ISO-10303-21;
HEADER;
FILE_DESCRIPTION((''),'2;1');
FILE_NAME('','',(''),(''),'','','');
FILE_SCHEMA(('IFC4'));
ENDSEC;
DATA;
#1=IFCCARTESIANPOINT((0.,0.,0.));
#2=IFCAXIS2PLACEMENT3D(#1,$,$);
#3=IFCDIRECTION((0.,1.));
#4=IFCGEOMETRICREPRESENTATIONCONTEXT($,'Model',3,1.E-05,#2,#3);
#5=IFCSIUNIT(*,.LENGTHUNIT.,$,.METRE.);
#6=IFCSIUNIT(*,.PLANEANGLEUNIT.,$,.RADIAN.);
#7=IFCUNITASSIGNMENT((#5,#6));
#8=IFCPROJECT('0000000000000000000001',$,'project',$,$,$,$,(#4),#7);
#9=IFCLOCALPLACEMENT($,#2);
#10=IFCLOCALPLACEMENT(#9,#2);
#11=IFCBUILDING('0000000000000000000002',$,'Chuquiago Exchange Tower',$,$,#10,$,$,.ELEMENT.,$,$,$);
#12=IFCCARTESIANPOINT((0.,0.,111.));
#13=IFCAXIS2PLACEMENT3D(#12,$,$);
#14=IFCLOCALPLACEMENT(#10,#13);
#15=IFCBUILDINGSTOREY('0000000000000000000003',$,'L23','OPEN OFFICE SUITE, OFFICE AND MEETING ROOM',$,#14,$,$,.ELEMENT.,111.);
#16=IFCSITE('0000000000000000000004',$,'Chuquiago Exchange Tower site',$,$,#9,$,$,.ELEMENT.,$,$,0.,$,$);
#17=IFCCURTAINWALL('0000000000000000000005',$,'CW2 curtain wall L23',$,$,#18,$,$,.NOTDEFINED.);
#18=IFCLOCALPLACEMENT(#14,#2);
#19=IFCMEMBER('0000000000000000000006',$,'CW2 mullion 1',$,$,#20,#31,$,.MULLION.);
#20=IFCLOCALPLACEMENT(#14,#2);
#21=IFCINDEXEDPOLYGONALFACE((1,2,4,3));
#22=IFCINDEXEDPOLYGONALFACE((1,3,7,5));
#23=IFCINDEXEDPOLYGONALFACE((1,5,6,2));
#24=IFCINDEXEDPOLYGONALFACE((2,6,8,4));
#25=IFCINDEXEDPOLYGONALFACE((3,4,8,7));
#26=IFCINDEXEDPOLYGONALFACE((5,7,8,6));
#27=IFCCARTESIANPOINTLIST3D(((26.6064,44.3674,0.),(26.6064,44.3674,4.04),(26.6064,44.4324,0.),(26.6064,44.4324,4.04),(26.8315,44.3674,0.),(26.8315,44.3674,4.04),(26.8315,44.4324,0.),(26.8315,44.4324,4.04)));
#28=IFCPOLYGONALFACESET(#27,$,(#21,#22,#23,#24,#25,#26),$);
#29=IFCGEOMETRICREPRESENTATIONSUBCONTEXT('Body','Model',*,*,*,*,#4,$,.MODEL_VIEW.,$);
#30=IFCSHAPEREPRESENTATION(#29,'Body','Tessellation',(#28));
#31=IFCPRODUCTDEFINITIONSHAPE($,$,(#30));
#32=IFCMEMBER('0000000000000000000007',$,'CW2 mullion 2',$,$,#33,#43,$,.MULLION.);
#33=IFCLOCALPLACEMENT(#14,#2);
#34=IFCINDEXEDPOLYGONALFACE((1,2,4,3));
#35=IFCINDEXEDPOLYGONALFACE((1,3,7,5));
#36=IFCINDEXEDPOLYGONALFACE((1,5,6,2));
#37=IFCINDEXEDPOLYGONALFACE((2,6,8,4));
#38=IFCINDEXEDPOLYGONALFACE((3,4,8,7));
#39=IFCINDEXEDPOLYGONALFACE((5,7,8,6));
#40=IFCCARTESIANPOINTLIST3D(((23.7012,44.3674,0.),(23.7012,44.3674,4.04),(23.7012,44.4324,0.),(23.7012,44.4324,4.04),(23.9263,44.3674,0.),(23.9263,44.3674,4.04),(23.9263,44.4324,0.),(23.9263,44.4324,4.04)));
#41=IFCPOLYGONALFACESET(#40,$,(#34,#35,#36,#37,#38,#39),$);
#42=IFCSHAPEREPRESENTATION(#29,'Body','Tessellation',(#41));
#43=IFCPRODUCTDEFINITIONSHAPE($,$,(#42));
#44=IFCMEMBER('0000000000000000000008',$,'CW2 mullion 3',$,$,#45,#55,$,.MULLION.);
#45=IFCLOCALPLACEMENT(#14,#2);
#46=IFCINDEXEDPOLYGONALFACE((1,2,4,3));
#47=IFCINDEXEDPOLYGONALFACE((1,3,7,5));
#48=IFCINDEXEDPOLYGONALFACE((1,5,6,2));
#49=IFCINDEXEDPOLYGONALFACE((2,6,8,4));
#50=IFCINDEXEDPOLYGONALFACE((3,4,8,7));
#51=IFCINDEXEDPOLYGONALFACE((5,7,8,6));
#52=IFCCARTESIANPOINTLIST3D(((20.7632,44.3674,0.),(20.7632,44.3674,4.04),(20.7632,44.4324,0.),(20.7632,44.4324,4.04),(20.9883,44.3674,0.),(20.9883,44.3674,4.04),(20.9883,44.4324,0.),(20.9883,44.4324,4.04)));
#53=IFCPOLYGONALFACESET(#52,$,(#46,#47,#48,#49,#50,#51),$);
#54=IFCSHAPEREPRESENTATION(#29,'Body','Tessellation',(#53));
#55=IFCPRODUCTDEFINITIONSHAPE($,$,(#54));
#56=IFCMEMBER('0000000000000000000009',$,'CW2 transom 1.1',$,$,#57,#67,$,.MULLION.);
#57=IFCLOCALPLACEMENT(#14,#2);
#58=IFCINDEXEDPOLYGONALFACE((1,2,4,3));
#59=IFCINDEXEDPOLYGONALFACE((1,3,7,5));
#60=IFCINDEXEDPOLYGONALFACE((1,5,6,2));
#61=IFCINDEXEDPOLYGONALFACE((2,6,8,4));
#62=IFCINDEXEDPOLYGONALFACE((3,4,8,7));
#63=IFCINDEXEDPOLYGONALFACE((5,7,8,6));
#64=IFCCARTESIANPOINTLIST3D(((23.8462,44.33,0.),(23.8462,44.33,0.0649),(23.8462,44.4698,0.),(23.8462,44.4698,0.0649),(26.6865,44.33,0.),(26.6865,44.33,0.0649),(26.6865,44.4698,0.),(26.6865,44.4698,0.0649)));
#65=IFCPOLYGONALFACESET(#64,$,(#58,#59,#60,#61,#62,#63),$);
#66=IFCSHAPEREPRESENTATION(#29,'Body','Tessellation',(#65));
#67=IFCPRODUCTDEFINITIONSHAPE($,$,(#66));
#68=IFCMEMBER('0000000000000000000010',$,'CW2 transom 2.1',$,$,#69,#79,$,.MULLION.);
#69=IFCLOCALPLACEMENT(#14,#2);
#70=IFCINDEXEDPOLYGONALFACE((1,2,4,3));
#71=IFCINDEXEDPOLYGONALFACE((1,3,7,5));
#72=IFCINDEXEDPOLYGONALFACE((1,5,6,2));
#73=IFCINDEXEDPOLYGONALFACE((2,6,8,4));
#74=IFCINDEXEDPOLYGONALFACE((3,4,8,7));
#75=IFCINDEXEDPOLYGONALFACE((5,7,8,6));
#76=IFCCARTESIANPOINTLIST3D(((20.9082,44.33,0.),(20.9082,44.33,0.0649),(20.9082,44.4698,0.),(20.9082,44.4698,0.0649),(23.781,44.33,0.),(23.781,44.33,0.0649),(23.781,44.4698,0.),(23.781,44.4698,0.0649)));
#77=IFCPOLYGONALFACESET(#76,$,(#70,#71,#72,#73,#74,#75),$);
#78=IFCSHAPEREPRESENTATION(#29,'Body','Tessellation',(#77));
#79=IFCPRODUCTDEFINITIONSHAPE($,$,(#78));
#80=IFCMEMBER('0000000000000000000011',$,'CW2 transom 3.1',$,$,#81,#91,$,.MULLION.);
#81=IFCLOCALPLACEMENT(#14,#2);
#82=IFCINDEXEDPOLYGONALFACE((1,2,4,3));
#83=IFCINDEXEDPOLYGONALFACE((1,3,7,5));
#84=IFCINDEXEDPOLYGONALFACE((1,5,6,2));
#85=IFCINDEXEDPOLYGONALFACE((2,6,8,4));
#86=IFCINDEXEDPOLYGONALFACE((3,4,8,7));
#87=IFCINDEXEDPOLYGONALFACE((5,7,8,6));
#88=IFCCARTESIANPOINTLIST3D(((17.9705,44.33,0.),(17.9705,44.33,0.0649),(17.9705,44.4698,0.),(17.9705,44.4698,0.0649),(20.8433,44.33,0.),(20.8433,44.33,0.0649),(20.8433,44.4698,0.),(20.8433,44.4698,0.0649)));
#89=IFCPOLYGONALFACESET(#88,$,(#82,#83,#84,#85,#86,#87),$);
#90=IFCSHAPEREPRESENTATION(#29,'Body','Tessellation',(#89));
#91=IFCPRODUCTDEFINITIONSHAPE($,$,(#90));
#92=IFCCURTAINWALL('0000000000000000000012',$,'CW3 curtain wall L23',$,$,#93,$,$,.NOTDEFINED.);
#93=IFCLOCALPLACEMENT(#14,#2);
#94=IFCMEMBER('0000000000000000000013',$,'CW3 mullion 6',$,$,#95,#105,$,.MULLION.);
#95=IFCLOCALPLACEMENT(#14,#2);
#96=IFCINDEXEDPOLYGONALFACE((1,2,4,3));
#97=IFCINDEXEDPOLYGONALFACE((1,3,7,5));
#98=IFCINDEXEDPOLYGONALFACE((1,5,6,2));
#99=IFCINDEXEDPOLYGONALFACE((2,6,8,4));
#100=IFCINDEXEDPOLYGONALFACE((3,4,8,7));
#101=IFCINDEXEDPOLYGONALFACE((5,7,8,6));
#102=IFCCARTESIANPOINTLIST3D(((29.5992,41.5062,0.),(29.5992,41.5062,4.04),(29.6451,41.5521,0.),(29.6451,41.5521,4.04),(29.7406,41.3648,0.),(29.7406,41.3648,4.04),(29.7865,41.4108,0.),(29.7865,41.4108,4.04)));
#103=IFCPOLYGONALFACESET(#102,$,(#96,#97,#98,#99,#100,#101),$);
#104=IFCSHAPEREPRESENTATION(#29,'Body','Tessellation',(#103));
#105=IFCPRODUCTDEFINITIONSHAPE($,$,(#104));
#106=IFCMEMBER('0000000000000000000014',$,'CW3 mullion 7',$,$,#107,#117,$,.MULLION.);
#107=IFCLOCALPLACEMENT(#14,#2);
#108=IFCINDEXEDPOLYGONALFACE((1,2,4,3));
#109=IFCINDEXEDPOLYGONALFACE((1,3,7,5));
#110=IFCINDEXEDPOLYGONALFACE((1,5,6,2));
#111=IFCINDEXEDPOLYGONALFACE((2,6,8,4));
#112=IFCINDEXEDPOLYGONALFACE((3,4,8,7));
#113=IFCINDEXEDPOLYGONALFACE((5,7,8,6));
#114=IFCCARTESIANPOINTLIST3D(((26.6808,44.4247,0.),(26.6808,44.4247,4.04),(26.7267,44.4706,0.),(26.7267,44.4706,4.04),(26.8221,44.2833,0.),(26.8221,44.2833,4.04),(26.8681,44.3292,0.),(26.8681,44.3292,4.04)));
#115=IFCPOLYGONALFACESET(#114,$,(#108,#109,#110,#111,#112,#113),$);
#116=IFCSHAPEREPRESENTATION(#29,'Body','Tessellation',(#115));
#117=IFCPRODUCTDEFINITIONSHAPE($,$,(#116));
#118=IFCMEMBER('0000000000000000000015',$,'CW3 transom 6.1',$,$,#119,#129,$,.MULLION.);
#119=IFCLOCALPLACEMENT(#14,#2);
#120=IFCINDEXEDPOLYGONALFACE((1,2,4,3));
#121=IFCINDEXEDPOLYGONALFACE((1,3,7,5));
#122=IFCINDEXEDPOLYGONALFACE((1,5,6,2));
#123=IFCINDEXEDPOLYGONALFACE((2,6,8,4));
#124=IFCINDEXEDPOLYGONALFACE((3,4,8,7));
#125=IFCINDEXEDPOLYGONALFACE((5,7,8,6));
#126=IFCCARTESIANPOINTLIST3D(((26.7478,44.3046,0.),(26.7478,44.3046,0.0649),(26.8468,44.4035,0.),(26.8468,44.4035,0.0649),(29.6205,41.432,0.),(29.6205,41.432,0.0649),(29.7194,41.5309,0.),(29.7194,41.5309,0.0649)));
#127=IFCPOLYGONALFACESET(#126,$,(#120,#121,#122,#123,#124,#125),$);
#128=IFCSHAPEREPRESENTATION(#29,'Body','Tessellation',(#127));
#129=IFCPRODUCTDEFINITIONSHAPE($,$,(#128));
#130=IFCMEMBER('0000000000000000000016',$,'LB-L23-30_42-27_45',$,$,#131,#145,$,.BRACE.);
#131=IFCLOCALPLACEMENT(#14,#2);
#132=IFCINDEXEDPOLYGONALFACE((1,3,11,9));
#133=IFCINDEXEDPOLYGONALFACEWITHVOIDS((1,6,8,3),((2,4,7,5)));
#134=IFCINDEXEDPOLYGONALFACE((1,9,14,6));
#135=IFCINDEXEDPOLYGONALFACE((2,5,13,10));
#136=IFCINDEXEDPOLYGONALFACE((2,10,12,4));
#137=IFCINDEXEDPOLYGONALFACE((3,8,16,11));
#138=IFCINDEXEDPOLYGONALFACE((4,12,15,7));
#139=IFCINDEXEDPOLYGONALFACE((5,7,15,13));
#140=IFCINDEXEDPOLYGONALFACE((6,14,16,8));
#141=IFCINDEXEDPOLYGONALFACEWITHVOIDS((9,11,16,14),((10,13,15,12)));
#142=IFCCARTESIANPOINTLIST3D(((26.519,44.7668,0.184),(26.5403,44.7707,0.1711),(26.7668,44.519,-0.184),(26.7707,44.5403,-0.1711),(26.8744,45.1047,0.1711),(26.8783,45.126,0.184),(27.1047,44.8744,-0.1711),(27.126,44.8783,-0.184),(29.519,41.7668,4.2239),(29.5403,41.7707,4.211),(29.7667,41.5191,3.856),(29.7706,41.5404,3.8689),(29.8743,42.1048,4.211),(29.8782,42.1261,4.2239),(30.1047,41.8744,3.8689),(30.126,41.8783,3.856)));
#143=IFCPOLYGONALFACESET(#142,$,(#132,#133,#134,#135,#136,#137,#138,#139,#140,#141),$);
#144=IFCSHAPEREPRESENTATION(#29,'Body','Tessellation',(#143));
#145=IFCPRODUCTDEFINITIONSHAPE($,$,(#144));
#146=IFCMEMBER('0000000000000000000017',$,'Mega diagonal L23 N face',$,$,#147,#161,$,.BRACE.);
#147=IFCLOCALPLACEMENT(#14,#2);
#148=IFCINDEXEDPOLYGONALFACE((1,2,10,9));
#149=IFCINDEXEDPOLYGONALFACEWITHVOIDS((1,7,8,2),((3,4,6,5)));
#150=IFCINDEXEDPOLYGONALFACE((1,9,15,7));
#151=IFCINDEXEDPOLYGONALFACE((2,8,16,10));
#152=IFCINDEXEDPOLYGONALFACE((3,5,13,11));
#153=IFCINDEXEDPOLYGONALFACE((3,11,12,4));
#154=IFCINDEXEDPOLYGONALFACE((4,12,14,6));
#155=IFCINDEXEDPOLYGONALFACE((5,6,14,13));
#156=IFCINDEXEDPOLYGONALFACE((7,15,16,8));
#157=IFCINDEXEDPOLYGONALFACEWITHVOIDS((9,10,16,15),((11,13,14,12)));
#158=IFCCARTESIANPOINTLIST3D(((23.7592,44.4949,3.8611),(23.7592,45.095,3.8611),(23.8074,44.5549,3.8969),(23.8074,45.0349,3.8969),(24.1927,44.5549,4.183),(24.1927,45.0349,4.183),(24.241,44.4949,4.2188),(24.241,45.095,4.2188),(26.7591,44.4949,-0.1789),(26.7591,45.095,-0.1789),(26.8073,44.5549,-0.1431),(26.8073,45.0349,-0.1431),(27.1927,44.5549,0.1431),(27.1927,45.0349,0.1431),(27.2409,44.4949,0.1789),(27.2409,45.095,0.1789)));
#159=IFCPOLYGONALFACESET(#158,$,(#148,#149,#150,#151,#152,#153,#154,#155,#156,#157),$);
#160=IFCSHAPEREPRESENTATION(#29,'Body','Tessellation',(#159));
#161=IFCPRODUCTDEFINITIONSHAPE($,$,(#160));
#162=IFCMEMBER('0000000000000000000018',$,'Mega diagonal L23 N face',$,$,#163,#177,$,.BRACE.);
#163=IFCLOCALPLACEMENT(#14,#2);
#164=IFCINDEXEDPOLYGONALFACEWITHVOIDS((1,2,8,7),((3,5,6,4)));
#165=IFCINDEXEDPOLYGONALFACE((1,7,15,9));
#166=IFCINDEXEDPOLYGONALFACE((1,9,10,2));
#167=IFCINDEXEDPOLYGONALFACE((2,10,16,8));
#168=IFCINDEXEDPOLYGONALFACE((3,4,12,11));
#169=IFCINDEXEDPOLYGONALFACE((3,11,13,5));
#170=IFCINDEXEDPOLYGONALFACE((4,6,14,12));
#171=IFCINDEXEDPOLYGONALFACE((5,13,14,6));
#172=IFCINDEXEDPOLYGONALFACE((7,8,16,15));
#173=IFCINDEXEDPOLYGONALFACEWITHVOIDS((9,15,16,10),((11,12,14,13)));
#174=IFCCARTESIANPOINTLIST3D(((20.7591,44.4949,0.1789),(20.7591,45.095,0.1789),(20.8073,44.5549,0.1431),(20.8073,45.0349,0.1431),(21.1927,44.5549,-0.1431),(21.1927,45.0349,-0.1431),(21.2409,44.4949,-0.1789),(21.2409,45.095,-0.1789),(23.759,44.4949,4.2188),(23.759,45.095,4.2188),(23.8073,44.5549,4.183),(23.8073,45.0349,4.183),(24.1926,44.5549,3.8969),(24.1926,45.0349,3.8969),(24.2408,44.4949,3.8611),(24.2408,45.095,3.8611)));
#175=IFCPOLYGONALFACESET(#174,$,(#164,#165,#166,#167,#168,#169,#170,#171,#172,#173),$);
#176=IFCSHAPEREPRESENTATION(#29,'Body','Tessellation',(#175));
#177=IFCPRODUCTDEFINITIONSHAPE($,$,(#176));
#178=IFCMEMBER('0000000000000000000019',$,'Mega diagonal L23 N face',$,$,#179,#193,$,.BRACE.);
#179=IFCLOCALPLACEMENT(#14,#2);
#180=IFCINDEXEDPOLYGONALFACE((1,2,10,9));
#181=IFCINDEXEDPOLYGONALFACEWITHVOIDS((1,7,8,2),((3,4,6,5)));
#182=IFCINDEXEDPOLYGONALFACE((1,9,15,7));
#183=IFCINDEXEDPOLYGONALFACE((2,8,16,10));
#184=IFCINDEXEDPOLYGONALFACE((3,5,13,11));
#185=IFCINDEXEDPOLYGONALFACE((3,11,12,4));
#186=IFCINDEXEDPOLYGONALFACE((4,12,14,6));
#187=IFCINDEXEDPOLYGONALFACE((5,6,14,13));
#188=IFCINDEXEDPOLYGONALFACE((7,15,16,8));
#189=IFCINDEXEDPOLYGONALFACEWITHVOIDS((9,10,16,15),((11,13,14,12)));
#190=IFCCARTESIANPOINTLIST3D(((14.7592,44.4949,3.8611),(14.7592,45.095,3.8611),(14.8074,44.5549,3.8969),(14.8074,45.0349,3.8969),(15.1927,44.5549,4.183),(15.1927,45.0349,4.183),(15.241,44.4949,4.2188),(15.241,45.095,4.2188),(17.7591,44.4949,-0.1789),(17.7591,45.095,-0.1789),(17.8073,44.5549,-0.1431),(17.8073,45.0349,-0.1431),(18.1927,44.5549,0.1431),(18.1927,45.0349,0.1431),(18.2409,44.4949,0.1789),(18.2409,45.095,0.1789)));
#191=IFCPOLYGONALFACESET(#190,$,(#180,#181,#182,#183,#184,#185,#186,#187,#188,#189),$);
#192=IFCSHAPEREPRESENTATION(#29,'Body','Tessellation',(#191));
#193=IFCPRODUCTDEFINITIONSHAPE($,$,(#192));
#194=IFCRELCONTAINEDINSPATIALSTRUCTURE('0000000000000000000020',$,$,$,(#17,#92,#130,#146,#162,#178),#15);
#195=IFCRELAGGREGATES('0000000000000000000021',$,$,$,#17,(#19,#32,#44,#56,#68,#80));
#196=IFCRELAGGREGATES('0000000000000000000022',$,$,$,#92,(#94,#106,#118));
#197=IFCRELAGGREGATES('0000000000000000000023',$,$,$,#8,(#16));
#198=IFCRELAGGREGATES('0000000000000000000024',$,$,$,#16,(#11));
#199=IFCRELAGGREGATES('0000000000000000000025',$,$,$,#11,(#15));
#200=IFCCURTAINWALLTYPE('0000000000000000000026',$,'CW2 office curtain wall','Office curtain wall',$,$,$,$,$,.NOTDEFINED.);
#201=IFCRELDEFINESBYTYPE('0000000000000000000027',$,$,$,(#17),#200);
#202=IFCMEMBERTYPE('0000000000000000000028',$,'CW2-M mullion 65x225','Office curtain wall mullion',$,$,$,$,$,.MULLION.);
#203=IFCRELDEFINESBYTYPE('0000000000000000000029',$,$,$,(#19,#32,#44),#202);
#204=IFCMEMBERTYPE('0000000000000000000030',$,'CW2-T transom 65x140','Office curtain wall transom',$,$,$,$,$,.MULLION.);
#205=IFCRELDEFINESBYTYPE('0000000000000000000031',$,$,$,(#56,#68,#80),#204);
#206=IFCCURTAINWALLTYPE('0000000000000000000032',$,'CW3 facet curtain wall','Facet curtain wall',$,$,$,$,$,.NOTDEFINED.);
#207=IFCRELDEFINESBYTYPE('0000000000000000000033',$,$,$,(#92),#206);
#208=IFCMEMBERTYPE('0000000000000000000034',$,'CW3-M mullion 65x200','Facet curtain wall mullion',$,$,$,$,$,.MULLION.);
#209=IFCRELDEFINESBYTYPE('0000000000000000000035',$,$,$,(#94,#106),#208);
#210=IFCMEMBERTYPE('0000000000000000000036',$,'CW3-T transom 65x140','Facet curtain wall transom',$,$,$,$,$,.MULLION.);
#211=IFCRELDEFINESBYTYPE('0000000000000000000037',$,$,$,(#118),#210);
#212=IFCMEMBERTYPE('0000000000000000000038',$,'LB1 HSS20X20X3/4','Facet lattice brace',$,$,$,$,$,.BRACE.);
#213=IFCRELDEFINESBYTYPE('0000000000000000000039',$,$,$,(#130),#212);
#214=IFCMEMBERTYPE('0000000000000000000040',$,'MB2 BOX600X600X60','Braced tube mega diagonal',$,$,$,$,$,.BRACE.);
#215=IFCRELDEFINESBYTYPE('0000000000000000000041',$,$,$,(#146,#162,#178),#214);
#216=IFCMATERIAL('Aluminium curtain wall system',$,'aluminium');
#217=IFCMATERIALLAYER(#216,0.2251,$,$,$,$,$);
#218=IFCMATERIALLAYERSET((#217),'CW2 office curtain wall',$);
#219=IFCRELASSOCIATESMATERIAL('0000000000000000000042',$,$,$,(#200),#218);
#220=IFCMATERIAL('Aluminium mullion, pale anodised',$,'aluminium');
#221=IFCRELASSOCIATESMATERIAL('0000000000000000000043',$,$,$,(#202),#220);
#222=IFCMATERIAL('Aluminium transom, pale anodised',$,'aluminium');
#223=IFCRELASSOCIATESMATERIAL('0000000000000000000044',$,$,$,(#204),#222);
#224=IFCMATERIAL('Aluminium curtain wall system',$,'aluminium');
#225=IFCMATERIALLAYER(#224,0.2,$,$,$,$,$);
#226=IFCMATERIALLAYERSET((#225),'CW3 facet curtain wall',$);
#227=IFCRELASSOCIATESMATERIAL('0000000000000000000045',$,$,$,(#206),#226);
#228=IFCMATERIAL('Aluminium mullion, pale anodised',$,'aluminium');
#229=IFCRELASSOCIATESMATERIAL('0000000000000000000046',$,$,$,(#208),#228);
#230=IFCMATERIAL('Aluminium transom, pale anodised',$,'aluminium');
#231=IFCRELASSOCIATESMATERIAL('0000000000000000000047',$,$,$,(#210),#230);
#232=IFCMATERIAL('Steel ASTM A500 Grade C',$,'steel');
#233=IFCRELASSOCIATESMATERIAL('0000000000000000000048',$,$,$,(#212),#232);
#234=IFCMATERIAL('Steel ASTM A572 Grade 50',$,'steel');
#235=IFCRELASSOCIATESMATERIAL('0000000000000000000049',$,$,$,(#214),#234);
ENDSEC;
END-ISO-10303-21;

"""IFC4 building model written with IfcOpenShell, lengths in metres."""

from ifc_helpers import new_model, si_unit, direction, frame, origin, origin_2d, place, context, subcontext, project, spatial, rectangle, hollow_rectangle, extrude, material, layer, layer_set, material_profile, profile_set, type_object, element, aggregate, save


model = new_model("IFC4")

# Units and contexts
model_context = context("Model", 3, precision=1e-05, world=origin(), true_north=direction((0.0, 1.0)))
body_context = subcontext(model_context, "Body", "Model", "MODEL_VIEW")
ifc_project = project(units=[si_unit("LENGTHUNIT", "METRE"), si_unit("PLANEANGLEUNIT", "RADIAN")], contexts=[model_context])

# Site, building, storey
site_placement = place(None, origin())
site = spatial("IfcSite", under=ifc_project, at=site_placement, Name="Chuquiago Exchange Tower site", CompositionType="ELEMENT", RefElevation=0.0)
building_placement = place(site_placement, origin())
building = spatial("IfcBuilding", under=site, at=building_placement, Name="Chuquiago Exchange Tower", CompositionType="ELEMENT")
storey_placement = place(building_placement, frame((0.0, 0.0, 111.0)))
storey = spatial("IfcBuildingStorey", under=building, at=storey_placement, Name="L23", Description="OPEN OFFICE SUITE, OFFICE AND MEETING ROOM", CompositionType="ELEMENT", Elevation=111.0)

# Curtain walls, members
ifc_material_1 = material(Name="Aluminium curtain wall system", Category="aluminium")
ifc_layer_1 = layer(ifc_material_1, 0.2251)
ifc_layer_set_1 = layer_set([ifc_layer_1], Name="CW2 office curtain wall")
curtain_wall_type_1 = type_object("IfcCurtainWallType", Name="CW2 office curtain wall", Description="Office curtain wall", PredefinedType="NOTDEFINED", material=ifc_layer_set_1)
curtain_wall_1_placement = place(storey_placement, origin())
curtain_wall_1 = element("IfcCurtainWall", 1, at=curtain_wall_1_placement, inside=storey, type_object=curtain_wall_type_1, Name="CW2 curtain wall L23", PredefinedType="NOTDEFINED")
ifc_material_2 = material(Name="Aluminium mullion, pale anodised", Category="aluminium")
ifc_material_profile_1 = material_profile(ifc_material_2, rectangle(XDim=0.0649, YDim=0.2251, at=origin_2d()), Name="AL 65x225")
ifc_profile_set_1 = profile_set([ifc_material_profile_1], Name="Aluminium mullion, pale anodised")
member_type_1 = type_object("IfcMemberType", Name="CW2-M mullion 65x225", Description="Office curtain wall mullion", PredefinedType="MULLION", material=ifc_profile_set_1)
member_1_placement = place(storey_placement, frame((26.719, 44.3999, 0.0), z_axis=(0.0, 0.0, 1.0), x_axis=(0.0, -1.0, 0.0)))
member_1 = element("IfcMember", 2, at=member_1_placement, type_object=member_type_1, Name="CW2 mullion 1", PredefinedType="MULLION", context=body_context, shape_type="SweptSolid", body=[
    extrude(rectangle(XDim=0.0649, YDim=0.2251, at=origin_2d()), origin(), (0.0, 0.0, 1.0), 4.04),
])
member_2_placement = place(storey_placement, frame((23.8137, 44.3999, 0.0), z_axis=(0.0, 0.0, 1.0), x_axis=(0.0, -1.0, 0.0)))
member_2 = element("IfcMember", 3, at=member_2_placement, type_object=member_type_1, Name="CW2 mullion 2", PredefinedType="MULLION", context=body_context, shape_type="SweptSolid", body=[
    extrude(rectangle(XDim=0.0649, YDim=0.2251, at=origin_2d()), origin(), (0.0, 0.0, 1.0), 4.04),
])
member_3_placement = place(storey_placement, frame((20.8757, 44.3999, 0.0), z_axis=(0.0, 0.0, 1.0), x_axis=(0.0, -1.0, 0.0)))
member_3 = element("IfcMember", 4, at=member_3_placement, type_object=member_type_1, Name="CW2 mullion 3", PredefinedType="MULLION", context=body_context, shape_type="SweptSolid", body=[
    extrude(rectangle(XDim=0.0649, YDim=0.2251, at=origin_2d()), origin(), (0.0, 0.0, 1.0), 4.04),
])
ifc_material_3 = material(Name="Aluminium transom, pale anodised", Category="aluminium")
ifc_material_profile_2 = material_profile(ifc_material_3, rectangle(XDim=0.1399, YDim=0.0649, at=origin_2d()), Name="AL 140x65")
ifc_profile_set_2 = profile_set([ifc_material_profile_2], Name="Aluminium transom, pale anodised")
member_type_2 = type_object("IfcMemberType", Name="CW2-T transom 65x140", Description="Office curtain wall transom", PredefinedType="MULLION", material=ifc_profile_set_2)
member_4_placement = place(storey_placement, frame((26.6865, 44.3999, 0.0325), z_axis=(-1.0, 0.0, 0.0), x_axis=(0.0, -1.0, 0.0)))
member_4 = element("IfcMember", 5, at=member_4_placement, type_object=member_type_2, Name="CW2 transom 1.1", PredefinedType="MULLION", context=body_context, shape_type="SweptSolid", body=[
    extrude(rectangle(XDim=0.1399, YDim=0.0649, at=origin_2d()), origin(), (0.0, 0.0, 1.0), 2.8403),
])
member_5_placement = place(storey_placement, frame((23.781, 44.3999, 0.0325), z_axis=(-1.0, 0.0, 0.0), x_axis=(0.0, -1.0, 0.0)))
member_5 = element("IfcMember", 6, at=member_5_placement, type_object=member_type_2, Name="CW2 transom 2.1", PredefinedType="MULLION", context=body_context, shape_type="SweptSolid", body=[
    extrude(rectangle(XDim=0.1399, YDim=0.0649, at=origin_2d()), origin(), (0.0, 0.0, 1.0), 2.8728),
])
member_6_placement = place(storey_placement, frame((20.8433, 44.3999, 0.0325), z_axis=(-1.0, 0.0, 0.0), x_axis=(0.0, -1.0, 0.0)))
member_6 = element("IfcMember", 7, at=member_6_placement, type_object=member_type_2, Name="CW2 transom 3.1", PredefinedType="MULLION", context=body_context, shape_type="SweptSolid", body=[
    extrude(rectangle(XDim=0.1399, YDim=0.0649, at=origin_2d()), origin(), (0.0, 0.0, 1.0), 2.8728),
])
ifc_material_4 = material(Name="Aluminium curtain wall system", Category="aluminium")
ifc_layer_2 = layer(ifc_material_4, 0.2)
ifc_layer_set_2 = layer_set([ifc_layer_2], Name="CW3 facet curtain wall")
curtain_wall_type_2 = type_object("IfcCurtainWallType", Name="CW3 facet curtain wall", Description="Facet curtain wall", PredefinedType="NOTDEFINED", material=ifc_layer_set_2)
curtain_wall_2_placement = place(storey_placement, origin())
curtain_wall_2 = element("IfcCurtainWall", 8, at=curtain_wall_2_placement, inside=storey, type_object=curtain_wall_type_2, Name="CW3 curtain wall L23", PredefinedType="NOTDEFINED")
ifc_material_5 = material(Name="Aluminium mullion, pale anodised", Category="aluminium")
ifc_material_profile_3 = material_profile(ifc_material_5, rectangle(XDim=0.0649, YDim=0.2, at=origin_2d()), Name="AL 65x200")
ifc_profile_set_3 = profile_set([ifc_material_profile_3], Name="Aluminium mullion, pale anodised")
member_type_3 = type_object("IfcMemberType", Name="CW3-M mullion 65x200", Description="Facet curtain wall mullion", PredefinedType="MULLION", material=ifc_profile_set_3)
member_7_placement = place(storey_placement, frame((29.6929, 41.4585, 0.0), z_axis=(0.0, 0.0, 1.0), x_axis=(-0.707107, -0.707107, 0.0)))
member_7 = element("IfcMember", 9, at=member_7_placement, type_object=member_type_3, Name="CW3 mullion 6", PredefinedType="MULLION", context=body_context, shape_type="SweptSolid", body=[
    extrude(rectangle(XDim=0.0649, YDim=0.2, at=origin_2d()), origin(), (0.0, 0.0, 1.0), 4.04),
])
member_8_placement = place(storey_placement, frame((26.7744, 44.377, 0.0), z_axis=(0.0, 0.0, 1.0), x_axis=(-0.707107, -0.707107, 0.0)))
member_8 = element("IfcMember", 10, at=member_8_placement, type_object=member_type_3, Name="CW3 mullion 7", PredefinedType="MULLION", context=body_context, shape_type="SweptSolid", body=[
    extrude(rectangle(XDim=0.0649, YDim=0.2, at=origin_2d()), origin(), (0.0, 0.0, 1.0), 4.04),
])
ifc_material_6 = material(Name="Aluminium transom, pale anodised", Category="aluminium")
ifc_material_profile_4 = material_profile(ifc_material_6, rectangle(XDim=0.1399, YDim=0.0649, at=origin_2d()), Name="AL 140x65")
ifc_profile_set_4 = profile_set([ifc_material_profile_4], Name="Aluminium transom, pale anodised")
member_type_4 = type_object("IfcMemberType", Name="CW3-T transom 65x140", Description="Facet curtain wall transom", PredefinedType="MULLION", material=ifc_profile_set_4)
member_9_placement = place(storey_placement, frame((29.6699, 41.4814, 0.0325), z_axis=(-0.707107, 0.707107, 0.0), x_axis=(-0.707107, -0.707107, 0.0)))
member_9 = element("IfcMember", 11, at=member_9_placement, type_object=member_type_4, Name="CW3 transom 6.1", PredefinedType="MULLION", context=body_context, shape_type="SweptSolid", body=[
    extrude(rectangle(XDim=0.1399, YDim=0.0649, at=origin_2d()), origin(), (0.0, 0.0, 1.0), 4.0625),
])

# Members
ifc_material_7 = material(Name="Steel ASTM A500 Grade C", Category="steel")
ifc_material_profile_5 = material_profile(ifc_material_7, hollow_rectangle(XDim=0.5081, YDim=0.5081, WallThickness=0.0178, at=origin_2d()), Name="HSS20X20X3/4")
ifc_profile_set_5 = profile_set([ifc_material_profile_5], Name="Steel ASTM A500 Grade C")
member_type_5 = type_object("IfcMemberType", Name="LB1 HSS20X20X3/4", Description="Facet lattice brace", PredefinedType="BRACE", material=ifc_profile_set_5)
member_10_placement = place(storey_placement, frame((26.8225, 44.8225, 0.0), z_axis=(0.512077, -0.512077, 0.689604), x_axis=(0.707107, 0.707107, 0.0)))
element("IfcMember", 12, at=member_10_placement, inside=storey, type_object=member_type_5, Name="LB-L23-30_42-27_45", PredefinedType="BRACE", context=body_context, shape_type="SweptSolid", body=[
    extrude(hollow_rectangle(XDim=0.5081, YDim=0.5081, WallThickness=0.0178, at=origin_2d()), origin(), (0.0, 0.0, 1.0), 5.8584),
])
ifc_material_8 = material(Name="Steel ASTM A572 Grade 50", Category="steel")
ifc_material_profile_6 = material_profile(ifc_material_8, hollow_rectangle(XDim=0.6001, YDim=0.6001, WallThickness=0.0601, at=origin_2d()), Name="BOX600X600X60")
ifc_profile_set_6 = profile_set([ifc_material_profile_6], Name="Steel ASTM A572 Grade 50")
member_type_6 = type_object("IfcMemberType", Name="MB2 BOX600X600X60", Description="Braced tube mega diagonal", PredefinedType="BRACE", material=ifc_profile_set_6)
for number, where, z_axis, x_axis, name in (
    (13, (27.0, 44.7949, 0.0), (-0.596174, 0.0, 0.802855), (0.0, -1.0, 0.0), "Mega diagonal L23 N face"),
    (14, (21.0, 44.7949, 0.0), (0.596174, 0.0, 0.802855), (0.0, 1.0, 0.0), "Mega diagonal L23 N face"),
    (15, (18.0, 44.7949, 0.0), (-0.596174, 0.0, 0.802855), (0.0, -1.0, 0.0), "Mega diagonal L23 N face"),
):
    element("IfcMember", number, at=place(storey_placement, frame(where, z_axis=z_axis, x_axis=x_axis)), inside=storey, type_object=member_type_6, Name=name, PredefinedType="BRACE", context=body_context, shape_type="SweptSolid", body=[
        extrude(hollow_rectangle(XDim=0.6001, YDim=0.6001, WallThickness=0.0601, at=origin_2d()), origin(), (0.0, 0.0, 1.0), 5.032),
    ])

aggregate(curtain_wall_1, [member_1, member_2, member_3, member_4, member_5, member_6])
aggregate(curtain_wall_2, [member_7, member_8, member_9])

save(model, "model.ifc")
